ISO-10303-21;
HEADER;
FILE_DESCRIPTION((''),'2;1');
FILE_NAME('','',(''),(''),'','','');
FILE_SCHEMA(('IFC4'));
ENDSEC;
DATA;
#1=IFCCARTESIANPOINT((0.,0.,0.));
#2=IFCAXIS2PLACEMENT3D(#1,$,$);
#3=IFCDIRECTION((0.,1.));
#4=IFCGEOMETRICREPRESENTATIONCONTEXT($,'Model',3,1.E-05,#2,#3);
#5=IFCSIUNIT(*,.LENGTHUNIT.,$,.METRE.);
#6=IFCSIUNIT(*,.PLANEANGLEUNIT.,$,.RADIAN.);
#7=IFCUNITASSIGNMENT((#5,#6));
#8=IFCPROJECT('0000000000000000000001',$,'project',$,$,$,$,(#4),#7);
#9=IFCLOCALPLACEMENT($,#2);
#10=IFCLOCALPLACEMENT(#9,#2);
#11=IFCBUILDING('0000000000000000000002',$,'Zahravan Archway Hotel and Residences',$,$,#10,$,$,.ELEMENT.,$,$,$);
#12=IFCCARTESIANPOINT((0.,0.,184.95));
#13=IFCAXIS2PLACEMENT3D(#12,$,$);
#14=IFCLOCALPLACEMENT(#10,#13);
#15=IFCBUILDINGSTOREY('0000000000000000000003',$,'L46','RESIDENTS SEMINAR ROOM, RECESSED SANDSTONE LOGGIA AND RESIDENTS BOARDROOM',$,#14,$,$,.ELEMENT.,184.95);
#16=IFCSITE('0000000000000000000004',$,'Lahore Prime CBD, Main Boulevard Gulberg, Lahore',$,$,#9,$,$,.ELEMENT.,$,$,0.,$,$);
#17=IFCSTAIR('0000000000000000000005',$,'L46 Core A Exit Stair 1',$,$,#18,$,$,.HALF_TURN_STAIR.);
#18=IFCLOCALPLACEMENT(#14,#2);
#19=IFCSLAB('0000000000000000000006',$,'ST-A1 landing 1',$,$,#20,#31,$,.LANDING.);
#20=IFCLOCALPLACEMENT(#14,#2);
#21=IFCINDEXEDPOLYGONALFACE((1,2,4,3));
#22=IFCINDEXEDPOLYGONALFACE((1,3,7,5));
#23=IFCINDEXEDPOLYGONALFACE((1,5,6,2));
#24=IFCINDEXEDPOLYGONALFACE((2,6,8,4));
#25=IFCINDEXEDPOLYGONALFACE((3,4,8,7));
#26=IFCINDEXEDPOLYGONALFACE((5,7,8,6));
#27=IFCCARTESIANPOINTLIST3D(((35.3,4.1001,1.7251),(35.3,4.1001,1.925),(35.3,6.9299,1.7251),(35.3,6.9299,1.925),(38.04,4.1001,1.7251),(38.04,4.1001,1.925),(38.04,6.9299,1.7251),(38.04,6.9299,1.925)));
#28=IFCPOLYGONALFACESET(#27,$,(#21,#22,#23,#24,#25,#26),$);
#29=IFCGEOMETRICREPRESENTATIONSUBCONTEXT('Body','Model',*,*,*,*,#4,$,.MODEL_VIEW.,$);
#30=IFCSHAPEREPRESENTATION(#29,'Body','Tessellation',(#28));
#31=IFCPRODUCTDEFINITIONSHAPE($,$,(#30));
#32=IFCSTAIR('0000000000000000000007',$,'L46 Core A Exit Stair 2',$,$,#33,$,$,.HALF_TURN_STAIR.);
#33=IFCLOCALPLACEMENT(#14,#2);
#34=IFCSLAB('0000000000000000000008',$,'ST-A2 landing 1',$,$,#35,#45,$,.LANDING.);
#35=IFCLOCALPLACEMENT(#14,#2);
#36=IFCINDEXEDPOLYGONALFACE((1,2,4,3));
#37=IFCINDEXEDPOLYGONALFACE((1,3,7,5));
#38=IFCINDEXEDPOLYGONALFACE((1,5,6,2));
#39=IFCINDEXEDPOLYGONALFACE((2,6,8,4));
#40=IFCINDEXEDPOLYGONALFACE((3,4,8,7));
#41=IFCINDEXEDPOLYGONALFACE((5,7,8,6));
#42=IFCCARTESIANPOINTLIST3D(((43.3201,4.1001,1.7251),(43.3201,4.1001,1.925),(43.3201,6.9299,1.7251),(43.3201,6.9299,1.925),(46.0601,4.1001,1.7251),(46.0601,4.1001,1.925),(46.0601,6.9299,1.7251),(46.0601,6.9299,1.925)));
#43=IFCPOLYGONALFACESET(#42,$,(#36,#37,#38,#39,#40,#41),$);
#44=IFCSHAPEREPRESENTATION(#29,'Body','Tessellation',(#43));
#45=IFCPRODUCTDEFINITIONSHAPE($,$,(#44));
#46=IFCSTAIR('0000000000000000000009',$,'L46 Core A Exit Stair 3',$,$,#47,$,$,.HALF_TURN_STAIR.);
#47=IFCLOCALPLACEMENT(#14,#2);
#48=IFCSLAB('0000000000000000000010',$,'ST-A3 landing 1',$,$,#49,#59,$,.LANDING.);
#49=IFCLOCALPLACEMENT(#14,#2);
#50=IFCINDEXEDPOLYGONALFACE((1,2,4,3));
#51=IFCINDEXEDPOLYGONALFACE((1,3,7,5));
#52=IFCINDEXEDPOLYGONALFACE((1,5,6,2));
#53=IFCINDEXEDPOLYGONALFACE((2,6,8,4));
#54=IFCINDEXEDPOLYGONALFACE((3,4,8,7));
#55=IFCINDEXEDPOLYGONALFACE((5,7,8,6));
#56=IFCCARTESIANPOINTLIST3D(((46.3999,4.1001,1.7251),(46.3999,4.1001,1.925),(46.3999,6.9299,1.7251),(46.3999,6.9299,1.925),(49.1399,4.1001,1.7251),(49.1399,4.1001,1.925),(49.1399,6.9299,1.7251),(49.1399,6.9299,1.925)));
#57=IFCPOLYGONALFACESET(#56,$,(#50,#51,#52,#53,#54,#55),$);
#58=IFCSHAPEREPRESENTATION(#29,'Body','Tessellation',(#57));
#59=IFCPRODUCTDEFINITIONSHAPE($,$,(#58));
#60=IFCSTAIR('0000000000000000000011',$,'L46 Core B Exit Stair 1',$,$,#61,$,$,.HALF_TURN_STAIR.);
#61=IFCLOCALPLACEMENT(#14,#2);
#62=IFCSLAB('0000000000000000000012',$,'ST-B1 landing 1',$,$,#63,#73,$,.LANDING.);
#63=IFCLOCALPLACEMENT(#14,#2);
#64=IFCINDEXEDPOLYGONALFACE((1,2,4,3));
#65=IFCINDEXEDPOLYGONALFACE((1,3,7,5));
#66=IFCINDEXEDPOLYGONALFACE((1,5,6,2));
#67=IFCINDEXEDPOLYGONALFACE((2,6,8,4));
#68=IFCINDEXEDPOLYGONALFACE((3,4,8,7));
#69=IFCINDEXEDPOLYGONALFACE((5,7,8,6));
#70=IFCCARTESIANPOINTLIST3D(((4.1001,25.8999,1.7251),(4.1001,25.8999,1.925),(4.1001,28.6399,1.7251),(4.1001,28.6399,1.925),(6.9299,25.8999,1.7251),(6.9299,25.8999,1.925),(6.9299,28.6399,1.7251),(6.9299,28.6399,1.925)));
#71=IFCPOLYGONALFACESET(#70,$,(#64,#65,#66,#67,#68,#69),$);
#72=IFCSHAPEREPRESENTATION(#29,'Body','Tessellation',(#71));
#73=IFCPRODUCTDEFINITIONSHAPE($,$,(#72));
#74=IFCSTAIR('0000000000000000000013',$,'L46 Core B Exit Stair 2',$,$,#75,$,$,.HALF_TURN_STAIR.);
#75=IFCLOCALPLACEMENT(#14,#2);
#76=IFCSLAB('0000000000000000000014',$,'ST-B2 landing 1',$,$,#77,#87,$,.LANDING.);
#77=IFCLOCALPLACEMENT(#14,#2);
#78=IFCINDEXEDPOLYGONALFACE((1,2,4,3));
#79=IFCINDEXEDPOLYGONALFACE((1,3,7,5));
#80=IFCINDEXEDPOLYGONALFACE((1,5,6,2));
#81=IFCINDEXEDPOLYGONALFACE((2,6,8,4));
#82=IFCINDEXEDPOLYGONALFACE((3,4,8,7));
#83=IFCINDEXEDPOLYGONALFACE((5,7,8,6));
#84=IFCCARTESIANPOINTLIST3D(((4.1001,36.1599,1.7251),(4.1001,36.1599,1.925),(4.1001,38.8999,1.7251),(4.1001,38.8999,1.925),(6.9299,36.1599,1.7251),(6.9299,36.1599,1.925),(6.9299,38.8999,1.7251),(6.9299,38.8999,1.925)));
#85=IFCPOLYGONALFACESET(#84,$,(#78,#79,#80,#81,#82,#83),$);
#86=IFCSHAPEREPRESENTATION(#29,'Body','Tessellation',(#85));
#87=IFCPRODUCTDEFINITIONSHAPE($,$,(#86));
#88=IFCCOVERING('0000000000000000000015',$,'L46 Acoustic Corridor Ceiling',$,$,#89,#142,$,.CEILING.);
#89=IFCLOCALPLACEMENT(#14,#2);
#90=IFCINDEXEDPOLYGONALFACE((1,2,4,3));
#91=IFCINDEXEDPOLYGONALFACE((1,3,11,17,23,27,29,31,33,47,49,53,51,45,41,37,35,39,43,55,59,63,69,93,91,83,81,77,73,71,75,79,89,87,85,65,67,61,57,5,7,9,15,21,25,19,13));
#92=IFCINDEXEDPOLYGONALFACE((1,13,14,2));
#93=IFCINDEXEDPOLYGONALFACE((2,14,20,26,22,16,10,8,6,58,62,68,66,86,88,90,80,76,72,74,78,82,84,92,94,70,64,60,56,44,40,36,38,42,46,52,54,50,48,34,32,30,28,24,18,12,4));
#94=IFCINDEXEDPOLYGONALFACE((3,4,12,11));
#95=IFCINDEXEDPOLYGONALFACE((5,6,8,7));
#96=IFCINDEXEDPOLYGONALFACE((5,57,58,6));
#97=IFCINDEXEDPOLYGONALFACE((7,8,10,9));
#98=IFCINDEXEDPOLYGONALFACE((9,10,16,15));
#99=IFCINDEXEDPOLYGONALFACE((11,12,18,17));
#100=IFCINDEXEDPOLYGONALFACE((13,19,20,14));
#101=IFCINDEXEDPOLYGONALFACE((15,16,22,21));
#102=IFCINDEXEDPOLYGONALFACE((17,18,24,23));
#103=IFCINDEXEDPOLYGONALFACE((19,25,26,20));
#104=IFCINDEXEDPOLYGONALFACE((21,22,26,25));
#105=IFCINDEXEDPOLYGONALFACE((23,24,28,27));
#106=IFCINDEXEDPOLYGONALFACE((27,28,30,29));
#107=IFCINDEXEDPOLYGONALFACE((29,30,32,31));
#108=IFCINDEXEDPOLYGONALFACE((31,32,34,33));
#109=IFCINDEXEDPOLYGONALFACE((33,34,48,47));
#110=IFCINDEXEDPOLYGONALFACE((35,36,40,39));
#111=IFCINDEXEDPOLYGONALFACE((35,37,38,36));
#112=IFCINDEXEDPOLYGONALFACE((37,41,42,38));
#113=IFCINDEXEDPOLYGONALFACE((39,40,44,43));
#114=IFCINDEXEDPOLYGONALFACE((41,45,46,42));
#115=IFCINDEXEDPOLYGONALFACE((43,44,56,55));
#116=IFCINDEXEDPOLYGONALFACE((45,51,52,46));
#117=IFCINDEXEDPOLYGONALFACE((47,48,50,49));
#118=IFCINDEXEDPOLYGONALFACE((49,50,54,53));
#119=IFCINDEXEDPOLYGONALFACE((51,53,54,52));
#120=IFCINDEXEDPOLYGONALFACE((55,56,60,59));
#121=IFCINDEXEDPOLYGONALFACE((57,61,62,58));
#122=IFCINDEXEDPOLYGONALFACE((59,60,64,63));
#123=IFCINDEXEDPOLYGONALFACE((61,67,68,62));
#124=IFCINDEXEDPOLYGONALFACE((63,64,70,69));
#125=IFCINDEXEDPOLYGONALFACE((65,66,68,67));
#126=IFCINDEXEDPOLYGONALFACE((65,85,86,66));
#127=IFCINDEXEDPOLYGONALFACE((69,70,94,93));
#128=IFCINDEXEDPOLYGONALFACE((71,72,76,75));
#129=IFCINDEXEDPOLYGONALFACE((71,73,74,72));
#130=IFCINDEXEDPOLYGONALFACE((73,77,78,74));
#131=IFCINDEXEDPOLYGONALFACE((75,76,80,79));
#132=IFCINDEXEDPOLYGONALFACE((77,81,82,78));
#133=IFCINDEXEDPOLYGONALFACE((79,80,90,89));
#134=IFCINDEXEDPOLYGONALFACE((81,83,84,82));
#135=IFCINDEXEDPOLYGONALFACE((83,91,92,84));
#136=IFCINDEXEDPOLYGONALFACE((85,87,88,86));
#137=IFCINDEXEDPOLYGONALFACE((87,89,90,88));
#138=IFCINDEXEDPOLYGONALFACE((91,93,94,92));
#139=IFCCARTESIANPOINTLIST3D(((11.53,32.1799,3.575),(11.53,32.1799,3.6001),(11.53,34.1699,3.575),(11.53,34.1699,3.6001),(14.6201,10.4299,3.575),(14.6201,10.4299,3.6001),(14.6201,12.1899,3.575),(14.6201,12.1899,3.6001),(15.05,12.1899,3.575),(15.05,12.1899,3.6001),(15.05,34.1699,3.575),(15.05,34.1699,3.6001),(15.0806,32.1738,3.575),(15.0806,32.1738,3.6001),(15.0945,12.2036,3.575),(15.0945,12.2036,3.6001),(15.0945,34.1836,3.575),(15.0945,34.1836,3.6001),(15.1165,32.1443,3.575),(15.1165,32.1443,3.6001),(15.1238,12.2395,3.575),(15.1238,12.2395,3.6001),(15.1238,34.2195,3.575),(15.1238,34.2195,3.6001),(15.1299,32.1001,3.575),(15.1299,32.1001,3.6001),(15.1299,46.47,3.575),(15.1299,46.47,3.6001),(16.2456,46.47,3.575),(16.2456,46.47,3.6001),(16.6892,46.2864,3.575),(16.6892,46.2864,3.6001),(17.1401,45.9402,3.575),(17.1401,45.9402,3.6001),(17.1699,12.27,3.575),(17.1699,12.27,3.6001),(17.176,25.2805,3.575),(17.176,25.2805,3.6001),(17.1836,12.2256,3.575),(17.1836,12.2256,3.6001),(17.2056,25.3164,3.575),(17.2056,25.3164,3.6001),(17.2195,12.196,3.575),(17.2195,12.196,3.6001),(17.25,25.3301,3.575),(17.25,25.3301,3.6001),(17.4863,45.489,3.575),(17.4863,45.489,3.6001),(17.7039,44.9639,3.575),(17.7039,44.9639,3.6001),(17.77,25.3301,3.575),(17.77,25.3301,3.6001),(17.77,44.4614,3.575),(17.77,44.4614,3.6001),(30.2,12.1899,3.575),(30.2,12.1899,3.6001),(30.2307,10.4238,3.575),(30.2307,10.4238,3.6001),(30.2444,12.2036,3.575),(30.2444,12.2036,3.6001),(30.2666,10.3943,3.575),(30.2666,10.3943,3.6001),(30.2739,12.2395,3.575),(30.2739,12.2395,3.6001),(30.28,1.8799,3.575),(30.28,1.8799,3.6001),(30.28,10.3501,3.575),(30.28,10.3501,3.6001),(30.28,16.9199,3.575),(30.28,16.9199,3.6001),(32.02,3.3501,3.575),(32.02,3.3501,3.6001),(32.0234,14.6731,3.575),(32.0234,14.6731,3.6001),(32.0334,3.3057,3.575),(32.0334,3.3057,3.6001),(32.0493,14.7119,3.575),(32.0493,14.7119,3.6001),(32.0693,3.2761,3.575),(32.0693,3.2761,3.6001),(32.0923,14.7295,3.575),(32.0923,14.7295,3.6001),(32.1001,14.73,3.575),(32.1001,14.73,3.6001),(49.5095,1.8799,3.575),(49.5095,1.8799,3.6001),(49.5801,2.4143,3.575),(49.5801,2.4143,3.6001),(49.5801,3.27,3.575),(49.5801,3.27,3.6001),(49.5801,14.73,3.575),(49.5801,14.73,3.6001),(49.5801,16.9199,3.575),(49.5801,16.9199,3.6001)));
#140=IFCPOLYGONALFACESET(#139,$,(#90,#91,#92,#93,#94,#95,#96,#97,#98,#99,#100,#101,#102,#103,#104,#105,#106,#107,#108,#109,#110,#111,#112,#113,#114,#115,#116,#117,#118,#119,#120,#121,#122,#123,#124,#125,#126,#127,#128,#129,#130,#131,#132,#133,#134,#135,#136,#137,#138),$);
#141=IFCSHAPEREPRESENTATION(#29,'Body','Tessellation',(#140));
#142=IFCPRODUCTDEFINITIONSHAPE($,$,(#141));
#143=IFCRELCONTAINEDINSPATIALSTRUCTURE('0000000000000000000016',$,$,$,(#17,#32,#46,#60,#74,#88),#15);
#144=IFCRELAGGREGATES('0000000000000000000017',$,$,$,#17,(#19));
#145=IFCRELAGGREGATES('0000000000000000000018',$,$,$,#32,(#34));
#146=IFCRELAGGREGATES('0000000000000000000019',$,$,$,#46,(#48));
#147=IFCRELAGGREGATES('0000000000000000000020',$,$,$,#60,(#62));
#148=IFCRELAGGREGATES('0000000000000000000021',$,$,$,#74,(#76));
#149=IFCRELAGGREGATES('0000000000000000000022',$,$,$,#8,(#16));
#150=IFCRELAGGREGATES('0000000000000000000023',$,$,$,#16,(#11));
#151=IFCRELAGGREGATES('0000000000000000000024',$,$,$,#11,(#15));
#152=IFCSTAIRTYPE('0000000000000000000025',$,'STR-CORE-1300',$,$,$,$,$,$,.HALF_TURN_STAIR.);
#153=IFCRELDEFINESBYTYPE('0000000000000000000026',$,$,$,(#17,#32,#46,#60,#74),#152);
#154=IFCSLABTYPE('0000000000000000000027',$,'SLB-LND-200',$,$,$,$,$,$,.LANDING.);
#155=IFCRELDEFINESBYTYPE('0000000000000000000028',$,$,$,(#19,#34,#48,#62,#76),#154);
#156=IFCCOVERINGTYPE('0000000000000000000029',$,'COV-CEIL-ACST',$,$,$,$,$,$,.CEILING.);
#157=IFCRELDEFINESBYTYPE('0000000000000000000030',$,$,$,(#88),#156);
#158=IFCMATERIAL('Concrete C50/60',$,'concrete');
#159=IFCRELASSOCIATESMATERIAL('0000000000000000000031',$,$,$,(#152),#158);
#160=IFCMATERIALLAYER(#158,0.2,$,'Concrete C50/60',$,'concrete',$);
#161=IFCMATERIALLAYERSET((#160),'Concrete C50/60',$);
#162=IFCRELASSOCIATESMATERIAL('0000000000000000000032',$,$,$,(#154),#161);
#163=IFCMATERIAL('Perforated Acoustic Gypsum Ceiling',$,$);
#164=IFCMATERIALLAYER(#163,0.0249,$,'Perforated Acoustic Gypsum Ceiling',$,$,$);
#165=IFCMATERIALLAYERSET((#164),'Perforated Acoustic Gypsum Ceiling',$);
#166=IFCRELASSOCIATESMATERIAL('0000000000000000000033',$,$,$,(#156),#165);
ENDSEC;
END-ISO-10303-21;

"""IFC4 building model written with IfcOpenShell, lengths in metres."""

from ifc_helpers import new_model, si_unit, direction, frame, origin, place, context, subcontext, project, spatial, polyline, outline, extrude, material, layer, layer_set, type_object, element, aggregate, save


model = new_model("IFC4")

# Units and contexts
model_context = context("Model", 3, precision=1e-05, world=origin(), true_north=direction((0.0, 1.0)))
body_context = subcontext(model_context, "Body", "Model", "MODEL_VIEW")
ifc_project = project(units=[si_unit("LENGTHUNIT", "METRE"), si_unit("PLANEANGLEUNIT", "RADIAN")], contexts=[model_context])

# Site, building, storey
site_placement = place(None, origin())
site = spatial("IfcSite", under=ifc_project, at=site_placement, Name="Lahore Prime CBD, Main Boulevard Gulberg, Lahore", CompositionType="ELEMENT", RefElevation=0.0)
building_placement = place(site_placement, origin())
building = spatial("IfcBuilding", under=site, at=building_placement, Name="Zahravan Archway Hotel and Residences", CompositionType="ELEMENT")
storey_placement = place(building_placement, frame((0.0, 0.0, 184.95)))
storey = spatial("IfcBuildingStorey", under=building, at=storey_placement, Name="L46", Description="RESIDENTS SEMINAR ROOM, RECESSED SANDSTONE LOGGIA AND RESIDENTS BOARDROOM", CompositionType="ELEMENT", Elevation=184.95)

# Stairs, slabs
ifc_material_1 = material(Name="Concrete C50/60", Category="concrete")
stair_type = type_object("IfcStairType", Name="STR-CORE-1300", PredefinedType="HALF_TURN_STAIR", material=ifc_material_1)
stair_1_placement = place(storey_placement, origin())
stair_1 = element("IfcStair", 1, at=stair_1_placement, inside=storey, type_object=stair_type, Name="L46 Core A Exit Stair 1", PredefinedType="HALF_TURN_STAIR")
ifc_layer_1 = layer(ifc_material_1, 0.2, Name="Concrete C50/60", Category="concrete")
ifc_layer_set_1 = layer_set([ifc_layer_1], Name="Concrete C50/60")
slab_type_1 = type_object("IfcSlabType", Name="SLB-LND-200", PredefinedType="LANDING", material=ifc_layer_set_1)
slab_1_placement = place(storey_placement, frame((0.0, 0.0, 1.7251)))
slab_1 = element("IfcSlab", 2, at=slab_1_placement, type_object=slab_type_1, Name="ST-A1 landing 1", PredefinedType="LANDING", context=body_context, shape_type="SweptSolid", body=[
    extrude(outline(polyline([(35.3, 6.9299), (35.3, 4.1001), (38.04, 4.1001), (38.04, 6.9299), (35.3, 6.9299)])), origin(), (0.0, 0.0, 1.0), 0.2),
])
aggregate(stair_1, [slab_1])
stair_2_placement = place(storey_placement, origin())
stair_2 = element("IfcStair", 3, at=stair_2_placement, inside=storey, type_object=stair_type, Name="L46 Core A Exit Stair 2", PredefinedType="HALF_TURN_STAIR")
slab_2_placement = place(storey_placement, frame((0.0, 0.0, 1.7251)))
slab_2 = element("IfcSlab", 4, at=slab_2_placement, type_object=slab_type_1, Name="ST-A2 landing 1", PredefinedType="LANDING", context=body_context, shape_type="SweptSolid", body=[
    extrude(outline(polyline([(43.3201, 6.9299), (43.3201, 4.1001), (46.0601, 4.1001), (46.0601, 6.9299), (43.3201, 6.9299)])), origin(), (0.0, 0.0, 1.0), 0.2),
])
aggregate(stair_2, [slab_2])
stair_3_placement = place(storey_placement, origin())
stair_3 = element("IfcStair", 5, at=stair_3_placement, inside=storey, type_object=stair_type, Name="L46 Core A Exit Stair 3", PredefinedType="HALF_TURN_STAIR")
slab_3_placement = place(storey_placement, frame((0.0, 0.0, 1.7251)))
slab_3 = element("IfcSlab", 6, at=slab_3_placement, type_object=slab_type_1, Name="ST-A3 landing 1", PredefinedType="LANDING", context=body_context, shape_type="SweptSolid", body=[
    extrude(outline(polyline([(46.3999, 6.9299), (46.3999, 4.1001), (49.1399, 4.1001), (49.1399, 6.9299), (46.3999, 6.9299)])), origin(), (0.0, 0.0, 1.0), 0.2),
])
aggregate(stair_3, [slab_3])
stair_4_placement = place(storey_placement, origin())
stair_4 = element("IfcStair", 7, at=stair_4_placement, inside=storey, type_object=stair_type, Name="L46 Core B Exit Stair 1", PredefinedType="HALF_TURN_STAIR")
slab_4_placement = place(storey_placement, frame((0.0, 0.0, 1.7251)))
slab_4 = element("IfcSlab", 8, at=slab_4_placement, type_object=slab_type_1, Name="ST-B1 landing 1", PredefinedType="LANDING", context=body_context, shape_type="SweptSolid", body=[
    extrude(outline(polyline([(6.9299, 28.6399), (4.1001, 28.6399), (4.1001, 25.8999), (6.9299, 25.8999), (6.9299, 28.6399)])), origin(), (0.0, 0.0, 1.0), 0.2),
])
aggregate(stair_4, [slab_4])
stair_5_placement = place(storey_placement, origin())
stair_5 = element("IfcStair", 9, at=stair_5_placement, inside=storey, type_object=stair_type, Name="L46 Core B Exit Stair 2", PredefinedType="HALF_TURN_STAIR")
slab_5_placement = place(storey_placement, frame((0.0, 0.0, 1.7251)))
slab_5 = element("IfcSlab", 10, at=slab_5_placement, type_object=slab_type_1, Name="ST-B2 landing 1", PredefinedType="LANDING", context=body_context, shape_type="SweptSolid", body=[
    extrude(outline(polyline([(6.9299, 38.8999), (4.1001, 38.8999), (4.1001, 36.1599), (6.9299, 36.1599), (6.9299, 38.8999)])), origin(), (0.0, 0.0, 1.0), 0.2),
])
aggregate(stair_5, [slab_5])

# Covering
ifc_material_2 = material(Name="Perforated Acoustic Gypsum Ceiling")
ifc_layer_2 = layer(ifc_material_2, 0.0249, Name="Perforated Acoustic Gypsum Ceiling")
ifc_layer_set_2 = layer_set([ifc_layer_2], Name="Perforated Acoustic Gypsum Ceiling")
covering_type_1 = type_object("IfcCoveringType", Name="COV-CEIL-ACST", PredefinedType="CEILING", material=ifc_layer_set_2)
covering_1_placement = place(storey_placement, frame((0.0, 0.0, 3.575)))
element("IfcCovering", 11, at=covering_1_placement, inside=storey, type_object=covering_type_1, Name="L46 Acoustic Corridor Ceiling", PredefinedType="CEILING", context=body_context, shape_type="SweptSolid", body=[
    extrude(outline(polyline([(32.0923, 14.7295), (32.0493, 14.7119), (32.0234, 14.6731), (32.02, 3.3501), (32.0334, 3.3057), (32.0693, 3.2761), (49.5801, 3.27), (49.5801, 2.4143), (49.5095, 1.8799), (30.28, 1.8799), (30.28, 10.3501), (30.2666, 10.3943), (30.2307, 10.4238), (14.6201, 10.4299), (14.6201, 12.1899), (15.05, 12.1899), (15.0945, 12.2036), (15.1238, 12.2395), (15.1299, 32.1001), (15.1165, 32.1443), (15.0806, 32.1738), (11.53, 32.1799), (11.53, 34.1699), (15.05, 34.1699), (15.0945, 34.1836), (15.1238, 34.2195), (15.1299, 46.47), (16.2456, 46.47), (16.6892, 46.2864), (17.1401, 45.9402), (17.4863, 45.489), (17.7039, 44.9639), (17.77, 44.4614), (17.77, 25.3301), (17.25, 25.3301), (17.2056, 25.3164), (17.176, 25.2805), (17.1699, 12.27), (17.1836, 12.2256), (17.2195, 12.196), (30.2, 12.1899), (30.2444, 12.2036), (30.2739, 12.2395), (30.28, 16.9199), (49.5801, 16.9199), (49.5801, 14.73), (32.1001, 14.73), (32.0923, 14.7295)])), origin(), (0.0, 0.0, 1.0), 0.0251),
])

save(model, "model.ifc")
